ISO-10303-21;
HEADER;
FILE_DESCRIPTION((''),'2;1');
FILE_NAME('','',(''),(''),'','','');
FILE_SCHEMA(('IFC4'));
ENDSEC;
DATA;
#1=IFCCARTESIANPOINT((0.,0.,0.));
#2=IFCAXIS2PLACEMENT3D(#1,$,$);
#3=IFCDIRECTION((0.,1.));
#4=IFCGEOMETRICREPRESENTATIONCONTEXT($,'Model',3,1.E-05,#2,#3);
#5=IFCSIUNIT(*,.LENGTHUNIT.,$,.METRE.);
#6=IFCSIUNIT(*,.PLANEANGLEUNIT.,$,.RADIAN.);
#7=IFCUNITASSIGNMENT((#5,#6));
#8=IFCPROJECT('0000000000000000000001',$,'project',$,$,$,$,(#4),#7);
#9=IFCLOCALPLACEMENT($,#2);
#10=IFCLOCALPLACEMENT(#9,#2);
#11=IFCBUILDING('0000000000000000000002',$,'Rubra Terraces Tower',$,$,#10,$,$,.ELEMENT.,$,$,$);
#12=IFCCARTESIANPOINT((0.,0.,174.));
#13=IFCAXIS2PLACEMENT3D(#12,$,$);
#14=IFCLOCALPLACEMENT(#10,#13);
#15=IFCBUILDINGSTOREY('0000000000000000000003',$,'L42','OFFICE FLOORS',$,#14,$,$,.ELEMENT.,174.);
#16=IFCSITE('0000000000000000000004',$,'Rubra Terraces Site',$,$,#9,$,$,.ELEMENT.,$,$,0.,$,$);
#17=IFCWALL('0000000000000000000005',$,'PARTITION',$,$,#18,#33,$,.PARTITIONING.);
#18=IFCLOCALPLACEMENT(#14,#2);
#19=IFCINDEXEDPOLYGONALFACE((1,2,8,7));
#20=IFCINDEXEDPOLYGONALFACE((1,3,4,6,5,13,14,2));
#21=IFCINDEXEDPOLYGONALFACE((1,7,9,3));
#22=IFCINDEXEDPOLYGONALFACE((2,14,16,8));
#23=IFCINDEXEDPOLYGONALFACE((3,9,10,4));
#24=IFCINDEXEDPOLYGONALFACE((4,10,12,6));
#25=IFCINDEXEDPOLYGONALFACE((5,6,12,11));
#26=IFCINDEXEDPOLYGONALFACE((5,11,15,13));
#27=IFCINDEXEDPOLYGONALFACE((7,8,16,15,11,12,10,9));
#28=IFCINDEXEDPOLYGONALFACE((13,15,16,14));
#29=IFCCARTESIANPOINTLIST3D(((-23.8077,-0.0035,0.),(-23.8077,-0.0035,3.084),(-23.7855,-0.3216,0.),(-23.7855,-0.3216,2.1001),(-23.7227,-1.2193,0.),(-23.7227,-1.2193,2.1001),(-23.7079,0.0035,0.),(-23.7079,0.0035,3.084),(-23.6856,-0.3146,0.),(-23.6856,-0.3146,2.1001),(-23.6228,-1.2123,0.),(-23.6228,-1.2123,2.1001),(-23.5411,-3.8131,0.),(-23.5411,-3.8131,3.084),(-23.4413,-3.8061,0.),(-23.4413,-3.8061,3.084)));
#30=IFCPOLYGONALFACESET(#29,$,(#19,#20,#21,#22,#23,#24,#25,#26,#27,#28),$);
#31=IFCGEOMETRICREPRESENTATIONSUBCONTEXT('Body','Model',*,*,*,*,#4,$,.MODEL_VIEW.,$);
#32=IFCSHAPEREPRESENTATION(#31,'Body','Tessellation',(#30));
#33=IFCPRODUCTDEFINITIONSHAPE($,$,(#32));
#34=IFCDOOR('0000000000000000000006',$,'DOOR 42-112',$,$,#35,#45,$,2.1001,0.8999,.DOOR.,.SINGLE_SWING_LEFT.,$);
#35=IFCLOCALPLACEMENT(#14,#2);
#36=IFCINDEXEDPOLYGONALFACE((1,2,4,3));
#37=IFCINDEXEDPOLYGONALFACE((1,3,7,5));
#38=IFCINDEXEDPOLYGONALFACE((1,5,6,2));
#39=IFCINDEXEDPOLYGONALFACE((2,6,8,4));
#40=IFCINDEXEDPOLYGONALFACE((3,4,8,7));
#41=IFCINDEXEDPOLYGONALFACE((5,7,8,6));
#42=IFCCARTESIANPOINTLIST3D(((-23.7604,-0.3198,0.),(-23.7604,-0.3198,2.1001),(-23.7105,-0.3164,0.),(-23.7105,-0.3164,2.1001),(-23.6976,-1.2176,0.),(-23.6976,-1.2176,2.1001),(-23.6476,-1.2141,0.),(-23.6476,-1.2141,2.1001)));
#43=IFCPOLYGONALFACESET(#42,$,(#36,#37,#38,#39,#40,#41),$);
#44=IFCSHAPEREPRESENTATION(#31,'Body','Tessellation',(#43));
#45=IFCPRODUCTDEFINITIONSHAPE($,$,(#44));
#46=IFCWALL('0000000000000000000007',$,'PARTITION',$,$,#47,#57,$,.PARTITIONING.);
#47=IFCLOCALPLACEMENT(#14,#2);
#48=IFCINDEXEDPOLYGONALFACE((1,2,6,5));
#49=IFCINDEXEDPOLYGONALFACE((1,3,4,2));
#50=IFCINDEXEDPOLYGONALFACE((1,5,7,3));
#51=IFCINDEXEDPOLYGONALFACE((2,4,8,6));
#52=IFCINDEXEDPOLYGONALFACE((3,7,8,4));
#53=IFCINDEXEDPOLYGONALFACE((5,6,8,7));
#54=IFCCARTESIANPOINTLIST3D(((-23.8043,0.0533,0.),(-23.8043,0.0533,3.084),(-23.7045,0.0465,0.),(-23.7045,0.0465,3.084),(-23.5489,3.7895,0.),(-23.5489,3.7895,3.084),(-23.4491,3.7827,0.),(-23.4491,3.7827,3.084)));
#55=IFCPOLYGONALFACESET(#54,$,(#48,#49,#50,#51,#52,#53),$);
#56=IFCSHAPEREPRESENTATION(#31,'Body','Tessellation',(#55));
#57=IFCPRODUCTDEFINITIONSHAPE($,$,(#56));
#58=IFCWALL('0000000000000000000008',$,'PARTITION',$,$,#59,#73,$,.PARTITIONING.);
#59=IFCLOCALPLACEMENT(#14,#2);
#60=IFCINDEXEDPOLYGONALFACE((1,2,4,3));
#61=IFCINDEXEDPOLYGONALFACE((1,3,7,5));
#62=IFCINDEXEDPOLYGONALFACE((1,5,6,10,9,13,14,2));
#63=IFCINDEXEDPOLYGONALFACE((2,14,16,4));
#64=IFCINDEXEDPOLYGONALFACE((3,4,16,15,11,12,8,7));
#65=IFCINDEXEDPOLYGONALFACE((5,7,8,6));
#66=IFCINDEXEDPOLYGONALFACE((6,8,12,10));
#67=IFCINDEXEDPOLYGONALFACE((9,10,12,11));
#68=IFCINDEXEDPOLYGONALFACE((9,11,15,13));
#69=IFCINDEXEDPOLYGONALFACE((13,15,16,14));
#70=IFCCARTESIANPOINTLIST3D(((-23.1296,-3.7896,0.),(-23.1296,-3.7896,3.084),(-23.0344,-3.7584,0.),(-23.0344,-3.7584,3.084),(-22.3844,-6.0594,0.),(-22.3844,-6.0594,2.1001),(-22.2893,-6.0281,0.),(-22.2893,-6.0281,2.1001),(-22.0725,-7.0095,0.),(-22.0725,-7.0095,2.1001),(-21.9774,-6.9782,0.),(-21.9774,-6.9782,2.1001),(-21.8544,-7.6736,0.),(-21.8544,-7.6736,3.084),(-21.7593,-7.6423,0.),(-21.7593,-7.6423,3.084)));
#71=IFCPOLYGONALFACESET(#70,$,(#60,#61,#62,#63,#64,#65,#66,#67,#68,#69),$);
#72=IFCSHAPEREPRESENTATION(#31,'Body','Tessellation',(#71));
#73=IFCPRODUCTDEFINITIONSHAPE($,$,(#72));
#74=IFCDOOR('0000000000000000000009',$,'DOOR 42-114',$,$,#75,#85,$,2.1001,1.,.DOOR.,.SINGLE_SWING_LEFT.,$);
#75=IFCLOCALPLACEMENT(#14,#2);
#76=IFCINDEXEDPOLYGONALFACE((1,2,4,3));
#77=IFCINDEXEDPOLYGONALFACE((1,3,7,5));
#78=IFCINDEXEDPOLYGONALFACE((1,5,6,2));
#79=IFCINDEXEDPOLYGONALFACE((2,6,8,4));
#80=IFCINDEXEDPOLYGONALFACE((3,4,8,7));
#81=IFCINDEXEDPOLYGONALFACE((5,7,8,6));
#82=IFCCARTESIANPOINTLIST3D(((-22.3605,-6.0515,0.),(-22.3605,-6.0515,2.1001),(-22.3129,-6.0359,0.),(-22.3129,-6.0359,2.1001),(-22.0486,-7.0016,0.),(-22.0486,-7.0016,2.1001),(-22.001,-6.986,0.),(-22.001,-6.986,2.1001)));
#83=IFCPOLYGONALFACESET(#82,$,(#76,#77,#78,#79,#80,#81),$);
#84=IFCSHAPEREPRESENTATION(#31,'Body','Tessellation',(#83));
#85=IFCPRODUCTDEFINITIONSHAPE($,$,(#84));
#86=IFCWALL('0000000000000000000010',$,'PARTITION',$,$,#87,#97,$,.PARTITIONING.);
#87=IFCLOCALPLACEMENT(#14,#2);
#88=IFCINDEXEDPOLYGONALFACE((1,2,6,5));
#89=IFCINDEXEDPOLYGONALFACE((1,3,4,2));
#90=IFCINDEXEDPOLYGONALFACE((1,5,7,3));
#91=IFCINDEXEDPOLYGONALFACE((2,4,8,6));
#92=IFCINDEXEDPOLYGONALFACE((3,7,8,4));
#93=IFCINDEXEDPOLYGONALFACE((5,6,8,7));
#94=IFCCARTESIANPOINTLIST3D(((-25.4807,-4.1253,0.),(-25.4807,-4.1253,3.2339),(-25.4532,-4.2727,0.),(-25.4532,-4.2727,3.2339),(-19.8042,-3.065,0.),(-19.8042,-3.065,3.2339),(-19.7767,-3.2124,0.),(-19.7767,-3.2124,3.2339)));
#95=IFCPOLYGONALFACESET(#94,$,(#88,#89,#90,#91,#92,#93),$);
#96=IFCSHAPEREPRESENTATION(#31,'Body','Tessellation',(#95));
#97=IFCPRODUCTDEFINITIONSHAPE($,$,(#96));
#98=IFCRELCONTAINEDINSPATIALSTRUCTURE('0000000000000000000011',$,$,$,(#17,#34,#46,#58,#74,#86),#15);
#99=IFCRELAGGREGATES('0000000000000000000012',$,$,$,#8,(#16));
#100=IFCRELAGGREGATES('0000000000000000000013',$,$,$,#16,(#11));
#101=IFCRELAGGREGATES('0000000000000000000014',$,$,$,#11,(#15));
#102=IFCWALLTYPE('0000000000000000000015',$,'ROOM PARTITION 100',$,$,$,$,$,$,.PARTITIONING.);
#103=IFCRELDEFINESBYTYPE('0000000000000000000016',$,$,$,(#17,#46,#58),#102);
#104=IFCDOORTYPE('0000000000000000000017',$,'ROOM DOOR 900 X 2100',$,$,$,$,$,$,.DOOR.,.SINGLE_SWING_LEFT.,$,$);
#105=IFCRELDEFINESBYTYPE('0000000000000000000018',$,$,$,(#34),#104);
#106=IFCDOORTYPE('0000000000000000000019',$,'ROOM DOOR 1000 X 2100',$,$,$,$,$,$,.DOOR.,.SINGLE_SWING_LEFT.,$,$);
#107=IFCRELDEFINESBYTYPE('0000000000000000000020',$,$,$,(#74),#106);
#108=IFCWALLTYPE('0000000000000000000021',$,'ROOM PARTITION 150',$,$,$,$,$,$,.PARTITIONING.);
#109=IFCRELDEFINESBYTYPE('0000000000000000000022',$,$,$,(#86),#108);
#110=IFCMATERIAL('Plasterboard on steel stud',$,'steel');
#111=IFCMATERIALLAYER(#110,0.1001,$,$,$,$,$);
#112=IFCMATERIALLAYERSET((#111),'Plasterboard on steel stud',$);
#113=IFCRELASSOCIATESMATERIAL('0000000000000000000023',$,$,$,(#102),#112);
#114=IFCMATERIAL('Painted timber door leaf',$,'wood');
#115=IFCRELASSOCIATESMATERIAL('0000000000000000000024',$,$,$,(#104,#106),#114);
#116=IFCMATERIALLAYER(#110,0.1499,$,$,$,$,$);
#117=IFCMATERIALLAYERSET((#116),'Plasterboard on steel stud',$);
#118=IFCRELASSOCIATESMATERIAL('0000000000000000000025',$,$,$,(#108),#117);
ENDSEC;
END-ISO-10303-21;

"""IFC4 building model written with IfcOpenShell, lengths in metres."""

from ifc_helpers import new_model, si_unit, direction, frame, frame_2d, origin, place, context, subcontext, project, spatial, rectangle, extrude, material, layer, layer_set, type_object, element, fill, save


model = new_model("IFC4")

# Units and contexts
model_context = context("Model", 3, precision=1e-05, world=origin(), true_north=direction((0.0, 1.0)))
body_context = subcontext(model_context, "Body", "Model", "MODEL_VIEW")
ifc_project = project(units=[si_unit("LENGTHUNIT", "METRE"), si_unit("PLANEANGLEUNIT", "RADIAN")], contexts=[model_context])

# Site, building, storey
site_placement = place(None, origin())
site = spatial("IfcSite", under=ifc_project, at=site_placement, Name="Rubra Terraces Site", CompositionType="ELEMENT", RefElevation=0.0)
building_placement = place(site_placement, origin())
building = spatial("IfcBuilding", under=site, at=building_placement, Name="Rubra Terraces Tower", CompositionType="ELEMENT")
storey_placement = place(building_placement, frame((0.0, 0.0, 174.0)))
storey = spatial("IfcBuildingStorey", under=building, at=storey_placement, Name="L42", Description="OFFICE FLOORS", CompositionType="ELEMENT", Elevation=174.0)

# Wall, opening, door
ifc_material_1 = material(Name="Plasterboard on steel stud", Category="steel")
ifc_layer_1 = layer(ifc_material_1, 0.1001)
ifc_layer_set_1 = layer_set([ifc_layer_1], Name="Plasterboard on steel stud")
wall_type_1 = type_object("IfcWallType", Name="ROOM PARTITION 100", PredefinedType="PARTITIONING", material=ifc_layer_set_1)
wall_1_placement = place(storey_placement, frame((-23.4912, -3.8096, 0.0), z_axis=(0.0, 0.0, 1.0), x_axis=(-0.069811, 0.99756, 0.0)))
wall_1 = element("IfcWall", 1, at=wall_1_placement, inside=storey, type_object=wall_type_1, Name="PARTITION", PredefinedType="PARTITIONING", context=body_context, shape_type="SweptSolid", body=[
    extrude(rectangle(XDim=3.8188, YDim=0.1001, at=frame_2d((1.9094, 0.0))), origin(), (0.0, 0.0, 1.0), 3.084),
])
opening_1_placement = place(wall_1_placement, frame((2.6001, 0.0, 0.0)))
opening_1 = element("IfcOpeningElement", 2, at=opening_1_placement, cuts=wall_1, PredefinedType="OPENING", context=body_context, shape_type="SweptSolid", body=[
    extrude(rectangle(XDim=0.8999, YDim=2.1001, at=frame_2d((0.45, 1.05))), frame((0.0, 0.0601, 0.0), z_axis=(0.0, -1.0, 0.0), x_axis=(1.0, 0.0, 0.0)), (0.0, 0.0, 1.0), 0.1201),
])
ifc_material_2 = material(Name="Painted timber door leaf", Category="wood")
door_type_1 = type_object("IfcDoorType", Name="ROOM DOOR 900 X 2100", OperationType="SINGLE_SWING_LEFT", PredefinedType="DOOR", material=ifc_material_2)
door_1_placement = place(opening_1_placement, origin())
door_1 = element("IfcDoor", 3, at=door_1_placement, inside=storey, type_object=door_type_1, Name="DOOR 42-112", OperationType="SINGLE_SWING_LEFT", OverallHeight=2.1001, OverallWidth=0.8999, PredefinedType="DOOR", context=body_context, shape_type="SweptSolid", body=[
    extrude(rectangle(XDim=0.8999, YDim=2.1001, at=frame_2d((0.45, 1.05))), frame((0.0, 0.0249, 0.0), z_axis=(0.0, -1.0, 0.0), x_axis=(1.0, 0.0, 0.0)), (0.0, 0.0, 1.0), 0.05),
])
fill(opening_1, door_1)

# Wall
wall_2_placement = place(storey_placement, frame((-23.7544, 0.0498, 0.0), z_axis=(0.0, 0.0, 1.0), x_axis=(0.068193, 0.997672, 0.0)))
element("IfcWall", 4, at=wall_2_placement, inside=storey, type_object=wall_type_1, Name="PARTITION", PredefinedType="PARTITIONING", context=body_context, shape_type="SweptSolid", body=[
    extrude(rectangle(XDim=3.7449, YDim=0.1001, at=frame_2d((1.8726, 0.0))), origin(), (0.0, 0.0, 1.0), 3.084),
])

# Wall, opening, door
wall_3_placement = place(storey_placement, frame((-21.8069, -7.658, 0.0), z_axis=(0.0, 0.0, 1.0), x_axis=(-0.311925, 0.950107, 0.0)))
wall_3 = element("IfcWall", 5, at=wall_3_placement, inside=storey, type_object=wall_type_1, Name="PARTITION", PredefinedType="PARTITIONING", context=body_context, shape_type="SweptSolid", body=[
    extrude(rectangle(XDim=4.0879, YDim=0.1001, at=frame_2d((2.0439, 0.0))), origin(), (0.0, 0.0, 1.0), 3.084),
])
opening_2_placement = place(wall_3_placement, frame((0.699, 0.0, 0.0)))
opening_2 = element("IfcOpeningElement", 6, at=opening_2_placement, cuts=wall_3, PredefinedType="OPENING", context=body_context, shape_type="SweptSolid", body=[
    extrude(rectangle(XDim=1.0, YDim=2.1001, at=frame_2d((0.5, 1.05))), frame((0.0, 0.0601, 0.0), z_axis=(0.0, -1.0, 0.0), x_axis=(1.0, 0.0, 0.0)), (0.0, 0.0, 1.0), 0.1201),
])
door_type_2 = type_object("IfcDoorType", Name="ROOM DOOR 1000 X 2100", OperationType="SINGLE_SWING_LEFT", PredefinedType="DOOR", material=ifc_material_2)
door_2_placement = place(opening_2_placement, origin())
door_2 = element("IfcDoor", 7, at=door_2_placement, inside=storey, type_object=door_type_2, Name="DOOR 42-114", OperationType="SINGLE_SWING_LEFT", OverallHeight=2.1001, OverallWidth=1.0, PredefinedType="DOOR", context=body_context, shape_type="SweptSolid", body=[
    extrude(rectangle(XDim=1.0, YDim=2.1001, at=frame_2d((0.5, 1.05))), frame((0.0, 0.0249, 0.0), z_axis=(0.0, -1.0, 0.0), x_axis=(1.0, 0.0, 0.0)), (0.0, 0.0, 1.0), 0.05),
])
fill(opening_2, door_2)

# Wall
ifc_layer_2 = layer(ifc_material_1, 0.1499)
ifc_layer_set_2 = layer_set([ifc_layer_2], Name="Plasterboard on steel stud")
wall_type_2 = type_object("IfcWallType", Name="ROOM PARTITION 150", PredefinedType="PARTITIONING", material=ifc_layer_set_2)
wall_4_placement = place(storey_placement, frame((-25.4668, -4.199, 0.0), z_axis=(0.0, 0.0, 1.0), x_axis=(0.982999, 0.183612, 0.0)))
element("IfcWall", 8, at=wall_4_placement, inside=storey, type_object=wall_type_2, Name="PARTITION", PredefinedType="PARTITIONING", context=body_context, shape_type="SweptSolid", body=[
    extrude(rectangle(XDim=5.7747, YDim=0.1499, at=frame_2d((2.8872, 0.0))), origin(), (0.0, 0.0, 1.0), 3.2339),
])

save(model, "model.ifc")
